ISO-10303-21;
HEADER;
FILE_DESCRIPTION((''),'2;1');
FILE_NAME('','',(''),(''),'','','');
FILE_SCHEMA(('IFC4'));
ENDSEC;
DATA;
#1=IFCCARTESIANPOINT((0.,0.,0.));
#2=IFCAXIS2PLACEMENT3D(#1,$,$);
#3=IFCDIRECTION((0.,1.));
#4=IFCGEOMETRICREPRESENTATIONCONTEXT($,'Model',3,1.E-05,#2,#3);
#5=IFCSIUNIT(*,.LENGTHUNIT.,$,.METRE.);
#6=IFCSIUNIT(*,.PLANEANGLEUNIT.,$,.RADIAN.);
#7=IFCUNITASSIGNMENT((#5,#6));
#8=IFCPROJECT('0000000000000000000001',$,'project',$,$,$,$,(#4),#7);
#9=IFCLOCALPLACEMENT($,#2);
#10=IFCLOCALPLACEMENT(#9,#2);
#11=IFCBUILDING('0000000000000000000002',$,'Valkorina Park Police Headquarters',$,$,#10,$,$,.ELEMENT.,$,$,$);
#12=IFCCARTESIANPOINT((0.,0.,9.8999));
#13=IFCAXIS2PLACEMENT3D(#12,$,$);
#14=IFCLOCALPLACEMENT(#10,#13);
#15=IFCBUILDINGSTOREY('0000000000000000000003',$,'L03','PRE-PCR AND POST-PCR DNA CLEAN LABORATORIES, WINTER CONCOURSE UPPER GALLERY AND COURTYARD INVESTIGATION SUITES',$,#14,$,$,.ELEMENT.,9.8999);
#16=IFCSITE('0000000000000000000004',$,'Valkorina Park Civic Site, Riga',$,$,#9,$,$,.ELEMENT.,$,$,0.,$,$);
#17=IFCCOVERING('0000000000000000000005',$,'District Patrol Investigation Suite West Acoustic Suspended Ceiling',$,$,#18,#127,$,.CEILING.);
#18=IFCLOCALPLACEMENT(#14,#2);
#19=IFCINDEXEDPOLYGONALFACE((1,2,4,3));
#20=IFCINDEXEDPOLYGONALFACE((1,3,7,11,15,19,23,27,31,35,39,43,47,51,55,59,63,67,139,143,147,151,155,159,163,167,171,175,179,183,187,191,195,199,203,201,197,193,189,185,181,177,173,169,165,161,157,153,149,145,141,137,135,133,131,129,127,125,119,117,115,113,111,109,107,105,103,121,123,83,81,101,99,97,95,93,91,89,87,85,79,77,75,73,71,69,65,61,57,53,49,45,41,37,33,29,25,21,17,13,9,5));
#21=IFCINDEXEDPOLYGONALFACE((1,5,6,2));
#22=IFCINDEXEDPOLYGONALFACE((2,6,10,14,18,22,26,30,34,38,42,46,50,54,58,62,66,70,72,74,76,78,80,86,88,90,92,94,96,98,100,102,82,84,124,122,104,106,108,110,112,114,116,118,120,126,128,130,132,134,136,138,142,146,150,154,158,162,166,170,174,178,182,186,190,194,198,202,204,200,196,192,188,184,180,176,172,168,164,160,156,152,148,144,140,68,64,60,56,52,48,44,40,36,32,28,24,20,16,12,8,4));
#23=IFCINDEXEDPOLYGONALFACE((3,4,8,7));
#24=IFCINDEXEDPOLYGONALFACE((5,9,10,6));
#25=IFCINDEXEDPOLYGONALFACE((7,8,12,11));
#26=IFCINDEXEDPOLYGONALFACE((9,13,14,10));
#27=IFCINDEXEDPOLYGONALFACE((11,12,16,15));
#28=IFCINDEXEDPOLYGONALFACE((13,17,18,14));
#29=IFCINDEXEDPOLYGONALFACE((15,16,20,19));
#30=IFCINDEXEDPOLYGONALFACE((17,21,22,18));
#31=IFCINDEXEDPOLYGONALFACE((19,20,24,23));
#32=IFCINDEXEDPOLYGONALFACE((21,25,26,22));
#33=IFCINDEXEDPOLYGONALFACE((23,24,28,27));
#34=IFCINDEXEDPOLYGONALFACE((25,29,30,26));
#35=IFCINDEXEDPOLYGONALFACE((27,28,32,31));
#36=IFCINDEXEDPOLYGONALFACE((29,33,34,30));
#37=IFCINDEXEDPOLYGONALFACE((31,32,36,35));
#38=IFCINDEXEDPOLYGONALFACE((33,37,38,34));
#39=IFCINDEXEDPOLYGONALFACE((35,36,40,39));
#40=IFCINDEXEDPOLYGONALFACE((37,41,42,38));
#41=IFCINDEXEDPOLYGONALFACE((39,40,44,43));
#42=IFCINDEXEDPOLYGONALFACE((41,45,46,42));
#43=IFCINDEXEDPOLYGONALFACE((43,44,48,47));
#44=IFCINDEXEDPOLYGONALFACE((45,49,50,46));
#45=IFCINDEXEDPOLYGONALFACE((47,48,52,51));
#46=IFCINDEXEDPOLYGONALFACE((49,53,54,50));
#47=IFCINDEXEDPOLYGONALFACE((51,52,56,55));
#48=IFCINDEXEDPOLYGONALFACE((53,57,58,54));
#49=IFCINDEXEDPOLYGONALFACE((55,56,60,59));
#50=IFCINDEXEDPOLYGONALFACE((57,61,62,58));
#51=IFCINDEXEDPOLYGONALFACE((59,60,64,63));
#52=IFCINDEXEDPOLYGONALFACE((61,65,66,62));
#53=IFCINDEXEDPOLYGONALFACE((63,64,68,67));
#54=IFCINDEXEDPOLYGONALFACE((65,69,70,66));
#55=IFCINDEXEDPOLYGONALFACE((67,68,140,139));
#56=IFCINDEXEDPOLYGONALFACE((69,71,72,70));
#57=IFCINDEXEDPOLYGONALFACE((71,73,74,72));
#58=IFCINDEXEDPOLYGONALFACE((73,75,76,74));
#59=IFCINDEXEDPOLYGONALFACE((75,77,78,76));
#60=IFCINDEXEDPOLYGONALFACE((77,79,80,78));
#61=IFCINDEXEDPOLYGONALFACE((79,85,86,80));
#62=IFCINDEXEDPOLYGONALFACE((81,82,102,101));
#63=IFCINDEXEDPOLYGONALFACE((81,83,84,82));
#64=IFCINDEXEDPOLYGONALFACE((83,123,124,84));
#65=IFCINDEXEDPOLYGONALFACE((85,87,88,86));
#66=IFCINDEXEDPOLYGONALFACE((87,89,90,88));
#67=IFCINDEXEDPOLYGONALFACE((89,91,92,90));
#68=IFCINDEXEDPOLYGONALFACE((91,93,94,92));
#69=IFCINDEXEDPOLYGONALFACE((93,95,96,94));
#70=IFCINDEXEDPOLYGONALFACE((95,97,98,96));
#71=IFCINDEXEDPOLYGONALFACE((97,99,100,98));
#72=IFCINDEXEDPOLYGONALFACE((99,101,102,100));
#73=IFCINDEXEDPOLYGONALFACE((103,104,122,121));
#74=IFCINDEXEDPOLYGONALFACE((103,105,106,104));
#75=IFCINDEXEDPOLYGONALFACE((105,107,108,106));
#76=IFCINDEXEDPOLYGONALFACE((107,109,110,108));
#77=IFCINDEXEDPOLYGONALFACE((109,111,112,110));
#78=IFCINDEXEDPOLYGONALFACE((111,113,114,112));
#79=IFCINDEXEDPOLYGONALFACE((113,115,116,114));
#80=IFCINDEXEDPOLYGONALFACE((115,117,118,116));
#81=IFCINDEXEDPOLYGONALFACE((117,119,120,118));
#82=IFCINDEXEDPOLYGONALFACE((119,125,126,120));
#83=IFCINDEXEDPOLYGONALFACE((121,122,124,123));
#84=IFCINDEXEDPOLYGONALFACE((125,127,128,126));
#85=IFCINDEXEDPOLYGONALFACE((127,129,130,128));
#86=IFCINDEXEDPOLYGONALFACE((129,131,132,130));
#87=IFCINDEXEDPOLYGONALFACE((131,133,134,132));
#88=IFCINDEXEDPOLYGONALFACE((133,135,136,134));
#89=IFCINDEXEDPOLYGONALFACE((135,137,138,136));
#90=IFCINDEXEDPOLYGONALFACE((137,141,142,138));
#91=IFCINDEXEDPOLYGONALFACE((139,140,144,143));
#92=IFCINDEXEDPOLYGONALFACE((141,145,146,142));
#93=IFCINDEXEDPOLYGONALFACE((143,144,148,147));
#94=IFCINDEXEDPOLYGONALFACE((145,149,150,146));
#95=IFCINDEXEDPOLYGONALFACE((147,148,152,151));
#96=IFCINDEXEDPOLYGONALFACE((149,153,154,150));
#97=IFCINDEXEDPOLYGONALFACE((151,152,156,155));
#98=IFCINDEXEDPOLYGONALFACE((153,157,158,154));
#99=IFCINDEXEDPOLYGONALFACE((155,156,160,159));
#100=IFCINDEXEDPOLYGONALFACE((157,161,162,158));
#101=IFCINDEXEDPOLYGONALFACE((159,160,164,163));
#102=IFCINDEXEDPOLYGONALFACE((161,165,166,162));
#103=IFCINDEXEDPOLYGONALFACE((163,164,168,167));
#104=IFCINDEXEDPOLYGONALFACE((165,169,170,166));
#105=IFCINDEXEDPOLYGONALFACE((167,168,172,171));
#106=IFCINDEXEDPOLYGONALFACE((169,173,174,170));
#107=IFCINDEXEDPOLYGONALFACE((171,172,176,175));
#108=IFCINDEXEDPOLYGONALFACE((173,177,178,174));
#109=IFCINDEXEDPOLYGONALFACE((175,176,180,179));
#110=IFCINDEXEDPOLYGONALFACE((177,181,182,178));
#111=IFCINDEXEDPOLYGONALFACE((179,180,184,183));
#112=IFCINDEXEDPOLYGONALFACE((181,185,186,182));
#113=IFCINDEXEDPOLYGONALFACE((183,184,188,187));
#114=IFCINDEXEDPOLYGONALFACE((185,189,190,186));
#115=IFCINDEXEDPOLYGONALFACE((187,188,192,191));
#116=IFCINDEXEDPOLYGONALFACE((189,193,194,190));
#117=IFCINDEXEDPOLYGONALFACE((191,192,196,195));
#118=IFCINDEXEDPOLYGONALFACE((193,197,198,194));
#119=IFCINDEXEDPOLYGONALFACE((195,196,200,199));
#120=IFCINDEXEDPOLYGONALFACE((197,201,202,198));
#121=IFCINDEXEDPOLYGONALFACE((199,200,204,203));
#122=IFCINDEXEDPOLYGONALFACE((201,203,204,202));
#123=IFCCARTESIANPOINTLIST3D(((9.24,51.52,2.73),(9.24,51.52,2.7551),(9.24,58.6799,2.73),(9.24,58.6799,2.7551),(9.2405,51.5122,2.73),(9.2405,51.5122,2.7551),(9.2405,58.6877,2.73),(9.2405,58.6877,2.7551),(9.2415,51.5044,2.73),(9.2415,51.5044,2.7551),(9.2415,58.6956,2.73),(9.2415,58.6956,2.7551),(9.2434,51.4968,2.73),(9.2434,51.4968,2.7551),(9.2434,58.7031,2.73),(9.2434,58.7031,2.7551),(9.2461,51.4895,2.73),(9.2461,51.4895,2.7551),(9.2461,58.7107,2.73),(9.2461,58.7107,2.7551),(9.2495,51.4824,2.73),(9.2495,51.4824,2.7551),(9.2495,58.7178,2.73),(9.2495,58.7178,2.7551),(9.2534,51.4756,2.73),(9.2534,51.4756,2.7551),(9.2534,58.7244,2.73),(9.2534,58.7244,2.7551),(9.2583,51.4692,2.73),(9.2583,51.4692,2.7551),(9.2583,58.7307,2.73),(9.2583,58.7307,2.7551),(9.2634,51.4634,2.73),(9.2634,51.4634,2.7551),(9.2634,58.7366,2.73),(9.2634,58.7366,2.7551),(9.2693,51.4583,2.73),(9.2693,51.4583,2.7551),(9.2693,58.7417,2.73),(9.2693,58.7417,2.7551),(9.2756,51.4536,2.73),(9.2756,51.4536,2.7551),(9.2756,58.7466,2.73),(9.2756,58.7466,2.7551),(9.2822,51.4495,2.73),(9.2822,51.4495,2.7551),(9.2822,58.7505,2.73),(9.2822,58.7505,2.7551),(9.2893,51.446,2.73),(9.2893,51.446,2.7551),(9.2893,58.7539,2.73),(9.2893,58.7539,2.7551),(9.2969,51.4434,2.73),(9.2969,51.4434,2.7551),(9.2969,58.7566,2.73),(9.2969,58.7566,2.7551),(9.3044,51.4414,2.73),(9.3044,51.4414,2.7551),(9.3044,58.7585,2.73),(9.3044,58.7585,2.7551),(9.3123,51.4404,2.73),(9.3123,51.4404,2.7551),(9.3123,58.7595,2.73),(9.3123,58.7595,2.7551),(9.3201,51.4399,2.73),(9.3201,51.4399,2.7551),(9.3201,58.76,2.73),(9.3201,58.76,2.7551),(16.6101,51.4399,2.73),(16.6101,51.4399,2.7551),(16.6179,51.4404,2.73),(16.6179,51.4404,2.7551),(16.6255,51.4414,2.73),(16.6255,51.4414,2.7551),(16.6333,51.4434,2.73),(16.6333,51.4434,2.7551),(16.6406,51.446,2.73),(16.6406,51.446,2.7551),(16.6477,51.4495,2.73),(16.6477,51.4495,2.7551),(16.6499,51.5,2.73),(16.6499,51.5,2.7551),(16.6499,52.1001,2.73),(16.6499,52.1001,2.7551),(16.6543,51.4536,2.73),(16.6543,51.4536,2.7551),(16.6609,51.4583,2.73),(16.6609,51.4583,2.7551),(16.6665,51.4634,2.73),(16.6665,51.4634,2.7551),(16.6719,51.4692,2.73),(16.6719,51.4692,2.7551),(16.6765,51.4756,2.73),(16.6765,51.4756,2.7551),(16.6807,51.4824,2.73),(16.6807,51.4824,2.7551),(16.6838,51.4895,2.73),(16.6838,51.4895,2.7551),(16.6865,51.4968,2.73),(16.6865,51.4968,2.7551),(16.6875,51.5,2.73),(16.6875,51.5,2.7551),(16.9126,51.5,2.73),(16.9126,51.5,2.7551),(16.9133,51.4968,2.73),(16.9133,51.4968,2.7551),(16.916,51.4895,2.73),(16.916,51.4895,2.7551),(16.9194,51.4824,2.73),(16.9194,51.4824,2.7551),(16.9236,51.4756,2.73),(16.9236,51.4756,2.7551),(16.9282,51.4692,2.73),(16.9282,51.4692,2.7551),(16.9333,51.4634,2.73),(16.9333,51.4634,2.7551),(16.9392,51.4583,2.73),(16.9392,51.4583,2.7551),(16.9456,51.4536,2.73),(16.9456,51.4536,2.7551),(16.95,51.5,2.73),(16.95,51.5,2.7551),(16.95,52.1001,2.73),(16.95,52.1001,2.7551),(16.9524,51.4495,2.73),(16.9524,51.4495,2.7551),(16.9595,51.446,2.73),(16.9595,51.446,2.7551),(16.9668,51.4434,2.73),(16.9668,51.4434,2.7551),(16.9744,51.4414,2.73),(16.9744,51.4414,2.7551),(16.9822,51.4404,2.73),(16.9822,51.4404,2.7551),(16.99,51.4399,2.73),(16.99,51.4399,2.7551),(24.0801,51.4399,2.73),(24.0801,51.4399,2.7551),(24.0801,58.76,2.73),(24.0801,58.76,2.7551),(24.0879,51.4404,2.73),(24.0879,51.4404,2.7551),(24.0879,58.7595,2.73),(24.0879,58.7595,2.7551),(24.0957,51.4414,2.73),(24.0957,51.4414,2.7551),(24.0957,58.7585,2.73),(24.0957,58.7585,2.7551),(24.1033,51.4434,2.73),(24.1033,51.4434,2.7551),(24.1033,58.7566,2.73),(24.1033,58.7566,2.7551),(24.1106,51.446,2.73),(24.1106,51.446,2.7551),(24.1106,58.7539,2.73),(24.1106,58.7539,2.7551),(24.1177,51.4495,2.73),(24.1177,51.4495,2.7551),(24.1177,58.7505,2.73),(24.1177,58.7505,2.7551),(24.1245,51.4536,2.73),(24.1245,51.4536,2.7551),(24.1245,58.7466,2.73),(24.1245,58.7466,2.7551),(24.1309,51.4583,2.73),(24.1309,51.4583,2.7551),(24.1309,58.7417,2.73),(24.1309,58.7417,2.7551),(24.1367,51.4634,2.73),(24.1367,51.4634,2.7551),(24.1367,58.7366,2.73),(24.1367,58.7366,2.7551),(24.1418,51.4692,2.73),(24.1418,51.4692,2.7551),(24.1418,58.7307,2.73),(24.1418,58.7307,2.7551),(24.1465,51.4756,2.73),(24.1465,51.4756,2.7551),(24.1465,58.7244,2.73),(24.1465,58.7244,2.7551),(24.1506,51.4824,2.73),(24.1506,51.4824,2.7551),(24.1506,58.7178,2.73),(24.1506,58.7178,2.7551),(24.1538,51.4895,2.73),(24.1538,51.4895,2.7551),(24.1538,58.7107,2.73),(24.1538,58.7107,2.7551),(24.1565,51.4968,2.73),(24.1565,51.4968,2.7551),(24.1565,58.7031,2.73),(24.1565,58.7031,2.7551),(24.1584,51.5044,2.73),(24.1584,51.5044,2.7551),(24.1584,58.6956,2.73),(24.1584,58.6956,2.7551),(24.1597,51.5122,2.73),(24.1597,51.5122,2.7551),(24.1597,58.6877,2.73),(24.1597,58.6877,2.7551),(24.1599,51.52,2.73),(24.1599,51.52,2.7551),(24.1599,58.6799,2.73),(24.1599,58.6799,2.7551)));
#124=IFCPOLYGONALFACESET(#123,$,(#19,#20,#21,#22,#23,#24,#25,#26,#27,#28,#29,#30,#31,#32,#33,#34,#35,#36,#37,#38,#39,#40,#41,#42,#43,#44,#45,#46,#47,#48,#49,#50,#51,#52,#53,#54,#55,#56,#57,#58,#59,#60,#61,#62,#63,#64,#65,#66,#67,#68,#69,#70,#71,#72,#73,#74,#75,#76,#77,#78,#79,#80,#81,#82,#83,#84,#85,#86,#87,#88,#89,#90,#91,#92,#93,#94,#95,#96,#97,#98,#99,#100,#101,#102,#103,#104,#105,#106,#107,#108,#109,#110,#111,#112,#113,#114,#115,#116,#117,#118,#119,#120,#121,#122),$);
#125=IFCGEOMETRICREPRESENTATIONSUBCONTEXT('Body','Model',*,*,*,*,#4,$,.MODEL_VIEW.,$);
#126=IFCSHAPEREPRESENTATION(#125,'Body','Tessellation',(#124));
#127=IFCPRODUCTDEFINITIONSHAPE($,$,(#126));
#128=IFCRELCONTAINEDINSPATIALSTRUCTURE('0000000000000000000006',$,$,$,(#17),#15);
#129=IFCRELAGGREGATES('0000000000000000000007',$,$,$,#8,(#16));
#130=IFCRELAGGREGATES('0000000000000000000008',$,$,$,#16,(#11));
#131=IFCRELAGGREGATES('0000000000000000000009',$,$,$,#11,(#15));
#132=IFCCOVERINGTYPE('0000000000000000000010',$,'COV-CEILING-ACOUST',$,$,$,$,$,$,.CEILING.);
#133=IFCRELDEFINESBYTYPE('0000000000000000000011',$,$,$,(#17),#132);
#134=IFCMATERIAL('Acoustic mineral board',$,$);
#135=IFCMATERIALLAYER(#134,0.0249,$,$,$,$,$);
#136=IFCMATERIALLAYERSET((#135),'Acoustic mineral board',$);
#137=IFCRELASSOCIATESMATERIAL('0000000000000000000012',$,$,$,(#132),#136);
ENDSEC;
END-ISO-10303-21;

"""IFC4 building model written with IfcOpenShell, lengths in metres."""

from ifc_helpers import new_model, si_unit, direction, frame, origin, place, context, subcontext, project, spatial, polyline, outline, extrude, material, layer, layer_set, type_object, element, save


model = new_model("IFC4")

# Units and contexts
model_context = context("Model", 3, precision=1e-05, world=origin(), true_north=direction((0.0, 1.0)))
body_context = subcontext(model_context, "Body", "Model", "MODEL_VIEW")
ifc_project = project(units=[si_unit("LENGTHUNIT", "METRE"), si_unit("PLANEANGLEUNIT", "RADIAN")], contexts=[model_context])

# Site, building, storey
site_placement = place(None, origin())
site = spatial("IfcSite", under=ifc_project, at=site_placement, Name="Valkorina Park Civic Site, Riga", CompositionType="ELEMENT", RefElevation=0.0)
building_placement = place(site_placement, origin())
building = spatial("IfcBuilding", under=site, at=building_placement, Name="Valkorina Park Police Headquarters", CompositionType="ELEMENT")
storey_placement = place(building_placement, frame((0.0, 0.0, 9.8999)))
storey = spatial("IfcBuildingStorey", under=building, at=storey_placement, Name="L03", Description="PRE-PCR AND POST-PCR DNA CLEAN LABORATORIES, WINTER CONCOURSE UPPER GALLERY AND COURTYARD INVESTIGATION SUITES", CompositionType="ELEMENT", Elevation=9.8999)

# Covering
ifc_material_1 = material(Name="Acoustic mineral board")
ifc_layer_1 = layer(ifc_material_1, 0.0249)
ifc_layer_set_1 = layer_set([ifc_layer_1], Name="Acoustic mineral board")
covering_type_1 = type_object("IfcCoveringType", Name="COV-CEILING-ACOUST", PredefinedType="CEILING", material=ifc_layer_set_1)
covering_1_placement = place(storey_placement, frame((0.0, 0.0, 2.73)))
element("IfcCovering", 1, at=covering_1_placement, inside=storey, type_object=covering_type_1, Name="District Patrol Investigation Suite West Acoustic Suspended Ceiling", PredefinedType="CEILING", context=body_context, shape_type="SweptSolid", body=[
    extrude(outline(polyline([(24.1584, 51.5044), (24.1597, 51.5122), (24.1599, 51.52), (24.1599, 58.6799), (24.1597, 58.6877), (24.1584, 58.6956), (24.1565, 58.7031), (24.1538, 58.7107), (24.1506, 58.7178), (24.1465, 58.7244), (24.1418, 58.7307), (24.1367, 58.7366), (24.1309, 58.7417), (24.1245, 58.7466), (24.1177, 58.7505), (24.1106, 58.7539), (24.1033, 58.7566), (24.0957, 58.7585), (24.0879, 58.7595), (24.0801, 58.76), (9.3201, 58.76), (9.3123, 58.7595), (9.3044, 58.7585), (9.2969, 58.7566), (9.2893, 58.7539), (9.2822, 58.7505), (9.2756, 58.7466), (9.2693, 58.7417), (9.2634, 58.7366), (9.2583, 58.7307), (9.2534, 58.7244), (9.2495, 58.7178), (9.2461, 58.7107), (9.2434, 58.7031), (9.2415, 58.6956), (9.2405, 58.6877), (9.24, 58.6799), (9.24, 51.52), (9.2405, 51.5122), (9.2415, 51.5044), (9.2434, 51.4968), (9.2461, 51.4895), (9.2495, 51.4824), (9.2534, 51.4756), (9.2583, 51.4692), (9.2634, 51.4634), (9.2693, 51.4583), (9.2756, 51.4536), (9.2822, 51.4495), (9.2893, 51.446), (9.2969, 51.4434), (9.3044, 51.4414), (9.3123, 51.4404), (9.3201, 51.4399), (16.6101, 51.4399), (16.6179, 51.4404), (16.6255, 51.4414), (16.6333, 51.4434), (16.6406, 51.446), (16.6477, 51.4495), (16.6543, 51.4536), (16.6609, 51.4583), (16.6665, 51.4634), (16.6719, 51.4692), (16.6765, 51.4756), (16.6807, 51.4824), (16.6838, 51.4895), (16.6865, 51.4968), (16.6875, 51.5), (16.6499, 51.5), (16.6499, 52.1001), (16.95, 52.1001), (16.95, 51.5), (16.9126, 51.5), (16.9133, 51.4968), (16.916, 51.4895), (16.9194, 51.4824), (16.9236, 51.4756), (16.9282, 51.4692), (16.9333, 51.4634), (16.9392, 51.4583), (16.9456, 51.4536), (16.9524, 51.4495), (16.9595, 51.446), (16.9668, 51.4434), (16.9744, 51.4414), (16.9822, 51.4404), (16.99, 51.4399), (24.0801, 51.4399), (24.0879, 51.4404), (24.0957, 51.4414), (24.1033, 51.4434), (24.1106, 51.446), (24.1177, 51.4495), (24.1245, 51.4536), (24.1309, 51.4583), (24.1367, 51.4634), (24.1418, 51.4692), (24.1465, 51.4756), (24.1506, 51.4824), (24.1538, 51.4895), (24.1565, 51.4968), (24.1584, 51.5044)])), origin(), (0.0, 0.0, 1.0), 0.0251),
])

save(model, "model.ifc")
